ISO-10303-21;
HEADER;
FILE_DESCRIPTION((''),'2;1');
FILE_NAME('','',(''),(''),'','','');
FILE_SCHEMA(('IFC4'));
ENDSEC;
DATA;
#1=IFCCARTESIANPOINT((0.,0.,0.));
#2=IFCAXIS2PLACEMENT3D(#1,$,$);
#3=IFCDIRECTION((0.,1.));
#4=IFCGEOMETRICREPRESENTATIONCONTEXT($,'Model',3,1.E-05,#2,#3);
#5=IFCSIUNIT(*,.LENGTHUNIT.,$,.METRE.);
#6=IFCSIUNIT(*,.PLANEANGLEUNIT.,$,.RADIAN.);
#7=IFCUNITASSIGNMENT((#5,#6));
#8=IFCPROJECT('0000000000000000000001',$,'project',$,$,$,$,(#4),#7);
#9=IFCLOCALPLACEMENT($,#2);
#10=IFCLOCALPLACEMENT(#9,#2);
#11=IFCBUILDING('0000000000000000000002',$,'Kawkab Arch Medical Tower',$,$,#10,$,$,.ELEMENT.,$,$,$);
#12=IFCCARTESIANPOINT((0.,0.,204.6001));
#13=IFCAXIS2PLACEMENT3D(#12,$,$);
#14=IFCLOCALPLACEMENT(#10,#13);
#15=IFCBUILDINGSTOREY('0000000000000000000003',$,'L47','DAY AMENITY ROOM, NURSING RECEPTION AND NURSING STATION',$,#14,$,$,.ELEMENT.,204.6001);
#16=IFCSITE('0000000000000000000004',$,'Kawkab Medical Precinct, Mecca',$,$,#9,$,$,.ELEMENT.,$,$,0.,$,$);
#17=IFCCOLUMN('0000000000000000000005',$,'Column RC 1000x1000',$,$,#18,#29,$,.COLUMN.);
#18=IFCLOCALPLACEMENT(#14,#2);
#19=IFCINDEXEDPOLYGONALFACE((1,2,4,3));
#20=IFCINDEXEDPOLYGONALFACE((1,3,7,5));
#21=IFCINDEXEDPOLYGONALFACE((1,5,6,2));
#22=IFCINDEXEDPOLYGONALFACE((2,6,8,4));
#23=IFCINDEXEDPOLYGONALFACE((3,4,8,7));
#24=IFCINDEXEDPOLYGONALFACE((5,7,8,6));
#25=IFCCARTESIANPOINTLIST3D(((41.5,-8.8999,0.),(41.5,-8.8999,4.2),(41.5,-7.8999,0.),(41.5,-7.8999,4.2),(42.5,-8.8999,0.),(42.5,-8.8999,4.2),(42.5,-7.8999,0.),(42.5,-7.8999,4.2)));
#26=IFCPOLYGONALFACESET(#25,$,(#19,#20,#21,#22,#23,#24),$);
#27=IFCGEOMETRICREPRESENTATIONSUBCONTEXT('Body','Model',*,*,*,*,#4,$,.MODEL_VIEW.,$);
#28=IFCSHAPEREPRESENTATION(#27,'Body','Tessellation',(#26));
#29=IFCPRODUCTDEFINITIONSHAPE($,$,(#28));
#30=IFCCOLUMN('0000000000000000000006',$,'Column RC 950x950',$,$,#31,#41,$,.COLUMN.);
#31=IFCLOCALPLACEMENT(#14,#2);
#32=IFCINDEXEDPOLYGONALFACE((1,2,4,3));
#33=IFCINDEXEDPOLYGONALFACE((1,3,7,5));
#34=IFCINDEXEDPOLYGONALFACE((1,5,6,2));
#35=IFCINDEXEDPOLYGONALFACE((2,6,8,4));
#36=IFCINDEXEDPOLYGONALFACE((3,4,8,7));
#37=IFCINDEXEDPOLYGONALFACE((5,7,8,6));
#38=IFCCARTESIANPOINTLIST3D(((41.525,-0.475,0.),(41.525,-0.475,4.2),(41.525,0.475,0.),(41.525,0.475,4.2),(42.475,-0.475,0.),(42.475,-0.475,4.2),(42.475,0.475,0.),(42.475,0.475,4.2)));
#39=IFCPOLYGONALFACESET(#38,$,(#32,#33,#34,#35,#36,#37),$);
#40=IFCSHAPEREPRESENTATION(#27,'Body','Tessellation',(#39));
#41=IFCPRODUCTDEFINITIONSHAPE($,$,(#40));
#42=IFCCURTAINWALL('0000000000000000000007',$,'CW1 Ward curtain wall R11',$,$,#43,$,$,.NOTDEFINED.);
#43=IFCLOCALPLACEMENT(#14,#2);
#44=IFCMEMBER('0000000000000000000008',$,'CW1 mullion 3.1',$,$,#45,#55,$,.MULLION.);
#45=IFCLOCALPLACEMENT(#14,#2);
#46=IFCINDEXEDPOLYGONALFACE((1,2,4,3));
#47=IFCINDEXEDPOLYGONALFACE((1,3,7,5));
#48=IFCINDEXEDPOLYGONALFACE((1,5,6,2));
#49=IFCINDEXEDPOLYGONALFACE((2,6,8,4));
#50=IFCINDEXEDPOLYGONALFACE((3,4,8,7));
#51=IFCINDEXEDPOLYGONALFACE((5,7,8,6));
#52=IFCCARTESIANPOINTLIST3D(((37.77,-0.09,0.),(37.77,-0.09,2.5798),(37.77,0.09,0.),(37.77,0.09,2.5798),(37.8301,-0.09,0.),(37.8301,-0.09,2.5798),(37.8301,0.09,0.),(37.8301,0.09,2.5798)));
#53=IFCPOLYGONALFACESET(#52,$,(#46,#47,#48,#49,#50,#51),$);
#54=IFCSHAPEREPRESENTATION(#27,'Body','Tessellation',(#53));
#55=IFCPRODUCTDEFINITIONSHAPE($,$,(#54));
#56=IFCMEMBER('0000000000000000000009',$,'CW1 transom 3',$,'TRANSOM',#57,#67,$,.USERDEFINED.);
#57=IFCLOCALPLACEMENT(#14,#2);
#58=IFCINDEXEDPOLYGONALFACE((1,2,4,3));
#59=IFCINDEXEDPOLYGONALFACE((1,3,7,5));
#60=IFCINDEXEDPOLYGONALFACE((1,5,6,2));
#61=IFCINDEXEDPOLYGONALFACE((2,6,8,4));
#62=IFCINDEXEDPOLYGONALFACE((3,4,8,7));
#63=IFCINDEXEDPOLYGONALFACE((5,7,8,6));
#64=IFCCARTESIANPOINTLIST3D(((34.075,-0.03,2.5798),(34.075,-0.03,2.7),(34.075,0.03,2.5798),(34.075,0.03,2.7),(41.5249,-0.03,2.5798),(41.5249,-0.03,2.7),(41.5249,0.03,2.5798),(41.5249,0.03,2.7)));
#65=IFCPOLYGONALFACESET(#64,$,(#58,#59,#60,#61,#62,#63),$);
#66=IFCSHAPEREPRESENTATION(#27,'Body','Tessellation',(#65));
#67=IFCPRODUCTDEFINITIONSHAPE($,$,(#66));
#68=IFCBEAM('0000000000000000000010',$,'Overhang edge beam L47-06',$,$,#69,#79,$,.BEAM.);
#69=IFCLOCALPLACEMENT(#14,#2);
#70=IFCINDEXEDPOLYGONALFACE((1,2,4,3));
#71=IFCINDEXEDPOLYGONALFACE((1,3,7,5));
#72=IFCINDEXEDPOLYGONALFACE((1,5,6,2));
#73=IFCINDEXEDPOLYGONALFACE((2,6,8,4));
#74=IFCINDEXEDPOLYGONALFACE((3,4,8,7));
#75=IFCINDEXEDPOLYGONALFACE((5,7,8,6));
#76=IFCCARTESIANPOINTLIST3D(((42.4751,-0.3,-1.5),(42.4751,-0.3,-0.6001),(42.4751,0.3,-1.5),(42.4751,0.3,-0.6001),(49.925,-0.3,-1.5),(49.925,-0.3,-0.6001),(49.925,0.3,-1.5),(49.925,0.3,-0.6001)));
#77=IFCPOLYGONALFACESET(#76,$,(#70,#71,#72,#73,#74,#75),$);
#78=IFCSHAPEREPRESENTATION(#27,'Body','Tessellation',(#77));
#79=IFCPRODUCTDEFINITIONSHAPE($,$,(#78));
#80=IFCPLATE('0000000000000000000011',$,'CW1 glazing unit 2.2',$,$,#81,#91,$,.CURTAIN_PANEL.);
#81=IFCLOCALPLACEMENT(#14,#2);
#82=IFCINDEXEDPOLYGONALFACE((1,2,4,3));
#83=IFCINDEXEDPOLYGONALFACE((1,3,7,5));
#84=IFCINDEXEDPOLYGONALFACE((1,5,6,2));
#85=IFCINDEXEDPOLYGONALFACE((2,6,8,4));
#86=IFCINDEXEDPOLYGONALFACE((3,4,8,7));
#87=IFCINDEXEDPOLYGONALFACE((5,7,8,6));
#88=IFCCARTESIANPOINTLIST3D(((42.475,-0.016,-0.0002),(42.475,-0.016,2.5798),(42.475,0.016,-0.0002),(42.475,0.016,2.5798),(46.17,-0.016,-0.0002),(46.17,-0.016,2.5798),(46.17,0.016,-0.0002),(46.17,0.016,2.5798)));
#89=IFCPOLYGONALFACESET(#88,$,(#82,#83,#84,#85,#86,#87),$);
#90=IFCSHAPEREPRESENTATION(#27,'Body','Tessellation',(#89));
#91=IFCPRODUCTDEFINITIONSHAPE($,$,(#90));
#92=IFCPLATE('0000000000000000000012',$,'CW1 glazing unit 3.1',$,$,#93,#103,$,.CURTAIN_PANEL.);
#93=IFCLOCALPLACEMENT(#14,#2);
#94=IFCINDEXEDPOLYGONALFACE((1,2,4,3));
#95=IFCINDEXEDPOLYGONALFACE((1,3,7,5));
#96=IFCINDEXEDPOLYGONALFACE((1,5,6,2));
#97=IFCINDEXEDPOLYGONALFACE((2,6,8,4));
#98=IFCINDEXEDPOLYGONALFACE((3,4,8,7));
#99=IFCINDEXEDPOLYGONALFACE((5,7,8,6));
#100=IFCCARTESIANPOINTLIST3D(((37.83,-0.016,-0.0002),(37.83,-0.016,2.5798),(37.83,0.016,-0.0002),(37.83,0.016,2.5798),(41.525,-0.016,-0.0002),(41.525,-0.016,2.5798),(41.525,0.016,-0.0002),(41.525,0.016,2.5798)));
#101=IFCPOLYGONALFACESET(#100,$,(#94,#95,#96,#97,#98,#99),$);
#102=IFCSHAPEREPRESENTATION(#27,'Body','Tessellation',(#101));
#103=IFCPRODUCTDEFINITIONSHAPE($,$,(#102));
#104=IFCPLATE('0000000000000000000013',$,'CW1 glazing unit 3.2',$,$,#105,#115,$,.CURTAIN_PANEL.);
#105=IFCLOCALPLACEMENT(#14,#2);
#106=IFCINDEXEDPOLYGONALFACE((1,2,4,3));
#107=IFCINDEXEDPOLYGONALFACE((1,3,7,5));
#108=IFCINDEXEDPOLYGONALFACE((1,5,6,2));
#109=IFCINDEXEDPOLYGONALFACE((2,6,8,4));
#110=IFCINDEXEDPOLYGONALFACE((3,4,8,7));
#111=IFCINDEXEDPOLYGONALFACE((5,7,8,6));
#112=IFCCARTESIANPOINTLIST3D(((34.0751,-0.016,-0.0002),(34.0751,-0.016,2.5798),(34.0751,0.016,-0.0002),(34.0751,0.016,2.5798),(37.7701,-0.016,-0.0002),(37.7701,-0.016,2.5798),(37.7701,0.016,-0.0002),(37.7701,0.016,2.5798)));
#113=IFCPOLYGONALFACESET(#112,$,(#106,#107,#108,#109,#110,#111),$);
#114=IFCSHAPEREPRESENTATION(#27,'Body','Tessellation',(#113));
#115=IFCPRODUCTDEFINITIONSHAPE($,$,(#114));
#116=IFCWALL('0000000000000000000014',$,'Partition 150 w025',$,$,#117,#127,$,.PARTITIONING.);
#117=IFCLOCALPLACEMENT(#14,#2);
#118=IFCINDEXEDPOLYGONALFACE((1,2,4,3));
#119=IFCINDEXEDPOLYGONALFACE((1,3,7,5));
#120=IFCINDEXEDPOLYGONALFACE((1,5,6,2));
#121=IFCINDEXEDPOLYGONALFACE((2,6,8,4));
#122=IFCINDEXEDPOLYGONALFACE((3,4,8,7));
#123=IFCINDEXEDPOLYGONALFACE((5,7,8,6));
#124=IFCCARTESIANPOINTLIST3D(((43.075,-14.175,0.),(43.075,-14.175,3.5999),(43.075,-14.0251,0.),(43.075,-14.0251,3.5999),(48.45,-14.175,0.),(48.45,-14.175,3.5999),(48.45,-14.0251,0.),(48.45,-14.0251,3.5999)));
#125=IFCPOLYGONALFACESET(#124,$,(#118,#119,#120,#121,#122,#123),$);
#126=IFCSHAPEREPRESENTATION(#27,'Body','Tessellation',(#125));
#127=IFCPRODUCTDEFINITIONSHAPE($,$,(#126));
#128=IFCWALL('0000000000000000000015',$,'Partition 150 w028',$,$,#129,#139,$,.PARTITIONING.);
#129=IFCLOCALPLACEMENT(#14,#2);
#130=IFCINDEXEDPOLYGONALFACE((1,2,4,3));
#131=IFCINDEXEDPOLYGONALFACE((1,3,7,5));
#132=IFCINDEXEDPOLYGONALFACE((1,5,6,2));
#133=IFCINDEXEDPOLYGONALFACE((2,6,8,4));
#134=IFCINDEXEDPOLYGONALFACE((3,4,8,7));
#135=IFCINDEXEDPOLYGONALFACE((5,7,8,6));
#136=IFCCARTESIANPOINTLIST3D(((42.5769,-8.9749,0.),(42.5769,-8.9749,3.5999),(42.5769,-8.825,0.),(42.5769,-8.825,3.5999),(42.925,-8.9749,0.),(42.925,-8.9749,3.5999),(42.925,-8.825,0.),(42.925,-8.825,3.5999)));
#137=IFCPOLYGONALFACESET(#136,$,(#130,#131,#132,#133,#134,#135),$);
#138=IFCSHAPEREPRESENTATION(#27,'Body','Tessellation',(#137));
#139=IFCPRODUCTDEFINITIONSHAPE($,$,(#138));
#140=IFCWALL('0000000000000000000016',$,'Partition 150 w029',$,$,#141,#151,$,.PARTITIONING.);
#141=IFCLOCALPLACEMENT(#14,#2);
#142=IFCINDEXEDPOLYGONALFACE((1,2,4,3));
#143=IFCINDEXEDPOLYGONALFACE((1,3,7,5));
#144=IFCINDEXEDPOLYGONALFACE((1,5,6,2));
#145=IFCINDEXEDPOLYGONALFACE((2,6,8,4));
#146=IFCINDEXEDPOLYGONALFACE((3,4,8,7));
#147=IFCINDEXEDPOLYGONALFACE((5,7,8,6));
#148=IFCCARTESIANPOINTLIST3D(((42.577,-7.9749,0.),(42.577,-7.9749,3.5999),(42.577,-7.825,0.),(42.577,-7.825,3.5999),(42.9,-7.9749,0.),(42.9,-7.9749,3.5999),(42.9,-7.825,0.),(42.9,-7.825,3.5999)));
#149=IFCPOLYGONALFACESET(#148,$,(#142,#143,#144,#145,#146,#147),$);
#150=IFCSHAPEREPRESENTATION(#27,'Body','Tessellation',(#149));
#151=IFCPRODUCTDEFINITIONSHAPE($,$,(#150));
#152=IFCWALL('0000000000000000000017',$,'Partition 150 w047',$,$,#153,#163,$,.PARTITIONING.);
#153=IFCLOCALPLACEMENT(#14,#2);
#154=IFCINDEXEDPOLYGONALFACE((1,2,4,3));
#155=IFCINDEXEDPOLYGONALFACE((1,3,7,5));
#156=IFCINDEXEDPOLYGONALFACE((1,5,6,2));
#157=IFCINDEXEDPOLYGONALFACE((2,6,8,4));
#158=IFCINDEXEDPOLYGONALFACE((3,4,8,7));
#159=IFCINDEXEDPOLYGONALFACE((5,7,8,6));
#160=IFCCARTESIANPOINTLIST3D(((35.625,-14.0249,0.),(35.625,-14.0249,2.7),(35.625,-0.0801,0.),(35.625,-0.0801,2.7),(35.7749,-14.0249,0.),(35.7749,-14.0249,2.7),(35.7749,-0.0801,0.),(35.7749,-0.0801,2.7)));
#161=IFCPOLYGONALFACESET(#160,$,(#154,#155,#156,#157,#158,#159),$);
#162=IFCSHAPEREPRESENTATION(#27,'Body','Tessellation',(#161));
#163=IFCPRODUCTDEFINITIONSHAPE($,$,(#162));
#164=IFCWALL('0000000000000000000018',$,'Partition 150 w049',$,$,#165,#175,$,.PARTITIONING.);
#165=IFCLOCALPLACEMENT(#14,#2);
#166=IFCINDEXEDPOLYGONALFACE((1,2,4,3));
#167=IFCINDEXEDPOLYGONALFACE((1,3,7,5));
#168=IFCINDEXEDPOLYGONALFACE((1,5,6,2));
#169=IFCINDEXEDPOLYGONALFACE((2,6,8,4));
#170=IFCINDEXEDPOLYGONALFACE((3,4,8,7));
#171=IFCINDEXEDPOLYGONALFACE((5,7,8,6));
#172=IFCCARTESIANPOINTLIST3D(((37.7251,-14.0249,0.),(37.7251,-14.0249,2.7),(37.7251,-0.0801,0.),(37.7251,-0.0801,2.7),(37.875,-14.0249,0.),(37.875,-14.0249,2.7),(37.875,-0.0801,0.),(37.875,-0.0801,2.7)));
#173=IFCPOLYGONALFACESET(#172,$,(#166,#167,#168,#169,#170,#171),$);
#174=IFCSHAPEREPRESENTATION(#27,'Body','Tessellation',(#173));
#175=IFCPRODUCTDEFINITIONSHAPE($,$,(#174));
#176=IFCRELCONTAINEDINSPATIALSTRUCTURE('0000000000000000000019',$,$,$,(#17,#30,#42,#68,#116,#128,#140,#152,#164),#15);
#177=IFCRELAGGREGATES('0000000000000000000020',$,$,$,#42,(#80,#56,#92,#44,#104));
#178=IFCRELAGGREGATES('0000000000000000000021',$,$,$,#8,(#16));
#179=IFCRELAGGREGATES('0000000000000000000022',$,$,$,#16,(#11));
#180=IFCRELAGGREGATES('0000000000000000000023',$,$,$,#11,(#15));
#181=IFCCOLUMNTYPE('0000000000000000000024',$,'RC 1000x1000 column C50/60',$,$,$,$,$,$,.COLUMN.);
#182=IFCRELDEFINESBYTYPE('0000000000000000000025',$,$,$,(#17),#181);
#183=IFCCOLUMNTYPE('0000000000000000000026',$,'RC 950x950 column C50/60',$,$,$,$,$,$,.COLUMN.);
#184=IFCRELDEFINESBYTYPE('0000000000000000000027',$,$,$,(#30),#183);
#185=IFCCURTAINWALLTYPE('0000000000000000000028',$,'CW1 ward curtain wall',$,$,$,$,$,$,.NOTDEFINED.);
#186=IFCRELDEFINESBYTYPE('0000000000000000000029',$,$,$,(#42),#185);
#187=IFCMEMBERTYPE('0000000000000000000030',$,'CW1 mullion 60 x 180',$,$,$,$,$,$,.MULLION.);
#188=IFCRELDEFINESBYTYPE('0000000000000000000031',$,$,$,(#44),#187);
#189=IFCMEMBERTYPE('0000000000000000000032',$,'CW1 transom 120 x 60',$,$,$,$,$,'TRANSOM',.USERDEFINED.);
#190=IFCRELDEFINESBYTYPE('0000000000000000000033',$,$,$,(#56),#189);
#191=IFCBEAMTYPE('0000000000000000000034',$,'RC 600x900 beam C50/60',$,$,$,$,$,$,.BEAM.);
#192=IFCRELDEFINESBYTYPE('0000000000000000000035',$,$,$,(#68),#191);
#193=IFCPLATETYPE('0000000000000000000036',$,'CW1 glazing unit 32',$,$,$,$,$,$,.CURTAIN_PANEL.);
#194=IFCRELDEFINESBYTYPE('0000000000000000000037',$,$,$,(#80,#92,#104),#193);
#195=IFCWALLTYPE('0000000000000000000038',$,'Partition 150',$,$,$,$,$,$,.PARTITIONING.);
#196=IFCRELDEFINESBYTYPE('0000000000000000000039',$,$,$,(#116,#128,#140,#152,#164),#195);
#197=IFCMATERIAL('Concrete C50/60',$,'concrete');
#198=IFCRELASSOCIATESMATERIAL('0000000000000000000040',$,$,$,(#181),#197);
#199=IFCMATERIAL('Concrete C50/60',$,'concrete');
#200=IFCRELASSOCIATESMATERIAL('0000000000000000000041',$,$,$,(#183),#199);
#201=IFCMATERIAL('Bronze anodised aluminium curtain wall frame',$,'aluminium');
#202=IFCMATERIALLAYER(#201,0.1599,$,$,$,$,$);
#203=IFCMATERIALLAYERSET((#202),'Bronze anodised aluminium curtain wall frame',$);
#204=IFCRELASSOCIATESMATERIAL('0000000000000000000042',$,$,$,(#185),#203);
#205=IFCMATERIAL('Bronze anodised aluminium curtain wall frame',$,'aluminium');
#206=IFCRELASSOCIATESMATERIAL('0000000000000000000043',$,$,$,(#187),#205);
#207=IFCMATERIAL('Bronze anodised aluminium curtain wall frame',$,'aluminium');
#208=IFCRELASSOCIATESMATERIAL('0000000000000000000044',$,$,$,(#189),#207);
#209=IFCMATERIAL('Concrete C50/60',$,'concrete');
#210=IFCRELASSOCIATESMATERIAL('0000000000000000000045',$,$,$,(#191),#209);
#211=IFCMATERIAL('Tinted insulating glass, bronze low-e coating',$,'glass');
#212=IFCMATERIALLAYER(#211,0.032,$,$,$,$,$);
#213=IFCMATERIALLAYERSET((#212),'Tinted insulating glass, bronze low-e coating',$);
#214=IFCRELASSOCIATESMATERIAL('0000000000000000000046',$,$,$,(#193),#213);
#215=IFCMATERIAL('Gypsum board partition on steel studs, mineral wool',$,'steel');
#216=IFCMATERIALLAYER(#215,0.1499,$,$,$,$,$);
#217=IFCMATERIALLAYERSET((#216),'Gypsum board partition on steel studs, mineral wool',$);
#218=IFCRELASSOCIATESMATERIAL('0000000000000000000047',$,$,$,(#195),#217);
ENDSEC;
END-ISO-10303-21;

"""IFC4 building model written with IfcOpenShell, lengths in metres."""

from ifc_helpers import new_model, si_unit, direction, frame, frame_2d, origin, origin_2d, place, context, subcontext, project, spatial, rectangle, extrude, material, layer, layer_set, material_profile, profile_set, type_object, element, aggregate, save


model = new_model("IFC4")

# Units and contexts
model_context = context("Model", 3, precision=1e-05, world=origin(), true_north=direction((0.0, 1.0)))
body_context = subcontext(model_context, "Body", "Model", "MODEL_VIEW")
ifc_project = project(units=[si_unit("LENGTHUNIT", "METRE"), si_unit("PLANEANGLEUNIT", "RADIAN")], contexts=[model_context])

# Site, building, storey
site_placement = place(None, origin())
site = spatial("IfcSite", under=ifc_project, at=site_placement, Name="Kawkab Medical Precinct, Mecca", CompositionType="ELEMENT", RefElevation=0.0)
building_placement = place(site_placement, origin())
building = spatial("IfcBuilding", under=site, at=building_placement, Name="Kawkab Arch Medical Tower", CompositionType="ELEMENT")
storey_placement = place(building_placement, frame((0.0, 0.0, 204.6001)))
storey = spatial("IfcBuildingStorey", under=building, at=storey_placement, Name="L47", Description="DAY AMENITY ROOM, NURSING RECEPTION AND NURSING STATION", CompositionType="ELEMENT", Elevation=204.6001)

# Columns
ifc_material_1 = material(Name="Concrete C50/60", Category="concrete")
ifc_material_profile_1 = material_profile(ifc_material_1, rectangle(XDim=1.0, YDim=1.0, at=origin_2d()), Name="RC 1000x1000")
ifc_profile_set_1 = profile_set([ifc_material_profile_1], Name="Concrete C50/60")
column_type_1 = type_object("IfcColumnType", Name="RC 1000x1000 column C50/60", PredefinedType="COLUMN", material=ifc_profile_set_1)
column_1_placement = place(storey_placement, frame((42.0, -8.3999, 0.0), z_axis=(0.0, 0.0, 1.0), x_axis=(1.0, 0.0, 0.0)))
element("IfcColumn", 1, at=column_1_placement, inside=storey, type_object=column_type_1, Name="Column RC 1000x1000", PredefinedType="COLUMN", context=body_context, shape_type="SweptSolid", body=[
    extrude(rectangle(XDim=1.0, YDim=1.0, at=origin_2d()), origin(), (0.0, 0.0, 1.0), 4.2),
])
ifc_material_2 = material(Name="Concrete C50/60", Category="concrete")
ifc_material_profile_2 = material_profile(ifc_material_2, rectangle(XDim=0.95, YDim=0.95, at=origin_2d()), Name="RC 950x950")
ifc_profile_set_2 = profile_set([ifc_material_profile_2], Name="Concrete C50/60")
column_type_2 = type_object("IfcColumnType", Name="RC 950x950 column C50/60", PredefinedType="COLUMN", material=ifc_profile_set_2)
column_2_placement = place(storey_placement, frame((42.0, 0.0, 0.0), z_axis=(0.0, 0.0, 1.0), x_axis=(1.0, 0.0, 0.0)))
element("IfcColumn", 2, at=column_2_placement, inside=storey, type_object=column_type_2, Name="Column RC 950x950", PredefinedType="COLUMN", context=body_context, shape_type="SweptSolid", body=[
    extrude(rectangle(XDim=0.95, YDim=0.95, at=origin_2d()), origin(), (0.0, 0.0, 1.0), 4.2),
])

# Curtain wall, members
ifc_material_3 = material(Name="Bronze anodised aluminium curtain wall frame", Category="aluminium")
ifc_layer_1 = layer(ifc_material_3, 0.1599)
ifc_layer_set_1 = layer_set([ifc_layer_1], Name="Bronze anodised aluminium curtain wall frame")
curtain_wall_type = type_object("IfcCurtainWallType", Name="CW1 ward curtain wall", PredefinedType="NOTDEFINED", material=ifc_layer_set_1)
placement = place(storey_placement, origin())
curtain_wall = element("IfcCurtainWall", 3, at=placement, inside=storey, type_object=curtain_wall_type, Name="CW1 Ward curtain wall R11", PredefinedType="NOTDEFINED")
ifc_material_4 = material(Name="Bronze anodised aluminium curtain wall frame", Category="aluminium")
ifc_material_profile_3 = material_profile(ifc_material_4, rectangle(XDim=0.1799, YDim=0.0601, at=origin_2d()), Name="AL 60x180")
ifc_profile_set_3 = profile_set([ifc_material_profile_3], Name="Bronze anodised aluminium curtain wall frame")
member_type_1 = type_object("IfcMemberType", Name="CW1 mullion 60 x 180", PredefinedType="MULLION", material=ifc_profile_set_3)
member_1_placement = place(storey_placement, frame((37.8, 0.0, 0.0), z_axis=(0.0, 0.0, 1.0), x_axis=(0.0, -1.0, 0.0)))
member_1 = element("IfcMember", 4, at=member_1_placement, type_object=member_type_1, Name="CW1 mullion 3.1", PredefinedType="MULLION", context=body_context, shape_type="SweptSolid", body=[
    extrude(rectangle(XDim=0.1799, YDim=0.0601, at=origin_2d()), origin(), (0.0, 0.0, 1.0), 2.5798),
])
ifc_material_5 = material(Name="Bronze anodised aluminium curtain wall frame", Category="aluminium")
ifc_material_profile_4 = material_profile(ifc_material_5, rectangle(XDim=0.0601, YDim=0.1201, at=origin_2d()), Name="AL 60x120")
ifc_profile_set_4 = profile_set([ifc_material_profile_4], Name="Bronze anodised aluminium curtain wall frame")
member_type_2 = type_object("IfcMemberType", Name="CW1 transom 120 x 60", ElementType="TRANSOM", PredefinedType="USERDEFINED", material=ifc_profile_set_4)
member_2_placement = place(storey_placement, frame((41.5249, 0.0, 2.6399), z_axis=(-1.0, 0.0, 0.0), x_axis=(0.0, -1.0, 0.0)))
member_2 = element("IfcMember", 5, at=member_2_placement, type_object=member_type_2, Name="CW1 transom 3", ObjectType="TRANSOM", PredefinedType="USERDEFINED", context=body_context, shape_type="SweptSolid", body=[
    extrude(rectangle(XDim=0.0601, YDim=0.1201, at=origin_2d()), origin(), (0.0, 0.0, 1.0), 7.45),
])

# Beam
ifc_material_6 = material(Name="Concrete C50/60", Category="concrete")
ifc_material_profile_5 = material_profile(ifc_material_6, rectangle(XDim=0.6001, YDim=0.8999, at=origin_2d()), Name="RC 600x900")
ifc_profile_set_5 = profile_set([ifc_material_profile_5], Name="Concrete C50/60")
beam_type = type_object("IfcBeamType", Name="RC 600x900 beam C50/60", PredefinedType="BEAM", material=ifc_profile_set_5)
beam_placement = place(storey_placement, frame((42.4751, 0.0, -1.05), z_axis=(1.0, 0.0, 0.0), x_axis=(0.0, 1.0, 0.0)))
element("IfcBeam", 6, at=beam_placement, inside=storey, type_object=beam_type, Name="Overhang edge beam L47-06", PredefinedType="BEAM", context=body_context, shape_type="SweptSolid", body=[
    extrude(rectangle(XDim=0.6001, YDim=0.8999, at=origin_2d()), origin(), (0.0, 0.0, 1.0), 7.45),
])

# Plates
ifc_material_7 = material(Name="Tinted insulating glass, bronze low-e coating", Category="glass")
ifc_layer_2 = layer(ifc_material_7, 0.032)
ifc_layer_set_2 = layer_set([ifc_layer_2], Name="Tinted insulating glass, bronze low-e coating")
plate_type = type_object("IfcPlateType", Name="CW1 glazing unit 32", PredefinedType="CURTAIN_PANEL", material=ifc_layer_set_2)
plate_1_placement = place(storey_placement, frame((44.3225, 0.0, -0.0002), z_axis=(0.0, 0.0, 1.0), x_axis=(-1.0, 0.0, 0.0)))
plate_1 = element("IfcPlate", 7, at=plate_1_placement, type_object=plate_type, Name="CW1 glazing unit 2.2", PredefinedType="CURTAIN_PANEL", context=body_context, shape_type="SweptSolid", body=[
    extrude(rectangle(XDim=3.6951, YDim=0.032, at=origin_2d()), origin(), (0.0, 0.0, 1.0), 2.5801),
])
plate_2_placement = place(storey_placement, frame((39.6775, 0.0, -0.0002), z_axis=(0.0, 0.0, 1.0), x_axis=(-1.0, 0.0, 0.0)))
plate_2 = element("IfcPlate", 8, at=plate_2_placement, type_object=plate_type, Name="CW1 glazing unit 3.1", PredefinedType="CURTAIN_PANEL", context=body_context, shape_type="SweptSolid", body=[
    extrude(rectangle(XDim=3.6951, YDim=0.032, at=origin_2d()), origin(), (0.0, 0.0, 1.0), 2.5801),
])
plate_3_placement = place(storey_placement, frame((35.9226, 0.0, -0.0002), z_axis=(0.0, 0.0, 1.0), x_axis=(-1.0, 0.0, 0.0)))
plate_3 = element("IfcPlate", 9, at=plate_3_placement, type_object=plate_type, Name="CW1 glazing unit 3.2", PredefinedType="CURTAIN_PANEL", context=body_context, shape_type="SweptSolid", body=[
    extrude(rectangle(XDim=3.6951, YDim=0.032, at=origin_2d()), origin(), (0.0, 0.0, 1.0), 2.5801),
])
aggregate(curtain_wall, [plate_1, member_2, plate_2, member_1, plate_3])

# Walls
ifc_material_8 = material(Name="Gypsum board partition on steel studs, mineral wool", Category="steel")
ifc_layer_3 = layer(ifc_material_8, 0.1499)
ifc_layer_set_3 = layer_set([ifc_layer_3], Name="Gypsum board partition on steel studs, mineral wool")
wall_type_1 = type_object("IfcWallType", Name="Partition 150", PredefinedType="PARTITIONING", material=ifc_layer_set_3)
wall_1_placement = place(storey_placement, frame((43.075, -14.1001, 0.0), z_axis=(0.0, 0.0, 1.0), x_axis=(1.0, 0.0, 0.0)))
element("IfcWall", 10, at=wall_1_placement, inside=storey, type_object=wall_type_1, Name="Partition 150 w025", PredefinedType="PARTITIONING", context=body_context, shape_type="SweptSolid", body=[
    extrude(rectangle(XDim=5.375, YDim=0.1499, at=frame_2d((2.6875, 0.0))), origin(), (0.0, 0.0, 1.0), 3.5999),
])
wall_2_placement = place(storey_placement, frame((42.5769, -8.8999, 0.0), z_axis=(0.0, 0.0, 1.0), x_axis=(1.0, 0.0, 0.0)))
element("IfcWall", 11, at=wall_2_placement, inside=storey, type_object=wall_type_1, Name="Partition 150 w028", PredefinedType="PARTITIONING", context=body_context, shape_type="SweptSolid", body=[
    extrude(rectangle(XDim=0.3481, YDim=0.1499, at=frame_2d((0.1741, 0.0))), origin(), (0.0, 0.0, 1.0), 3.5999),
])
wall_3_placement = place(storey_placement, frame((42.5769, -7.8999, 0.0), z_axis=(0.0, 0.0, 1.0), x_axis=(1.0, 0.0, 0.0)))
element("IfcWall", 12, at=wall_3_placement, inside=storey, type_object=wall_type_1, Name="Partition 150 w029", PredefinedType="PARTITIONING", context=body_context, shape_type="SweptSolid", body=[
    extrude(rectangle(XDim=0.323, YDim=0.1499, at=frame_2d((0.1616, 0.0))), origin(), (0.0, 0.0, 1.0), 3.5999),
])
for number, where, z_axis, x_axis, name in (
    (13, (35.7, -14.0249, 0.0), (0.0, 0.0, 1.0), (0.0, 1.0, 0.0), "Partition 150 w047"),
    (14, (37.8, -14.0249, 0.0), (0.0, 0.0, 1.0), (0.0, 1.0, 0.0), "Partition 150 w049"),
):
    element("IfcWall", number, at=place(storey_placement, frame(where, z_axis=z_axis, x_axis=x_axis)), inside=storey, type_object=wall_type_1, Name=name, PredefinedType="PARTITIONING", context=body_context, shape_type="SweptSolid", body=[
        extrude(rectangle(XDim=13.9448, YDim=0.1499, at=frame_2d((6.9724, 0.0))), origin(), (0.0, 0.0, 1.0), 2.7),
    ])

save(model, "model.ifc")
